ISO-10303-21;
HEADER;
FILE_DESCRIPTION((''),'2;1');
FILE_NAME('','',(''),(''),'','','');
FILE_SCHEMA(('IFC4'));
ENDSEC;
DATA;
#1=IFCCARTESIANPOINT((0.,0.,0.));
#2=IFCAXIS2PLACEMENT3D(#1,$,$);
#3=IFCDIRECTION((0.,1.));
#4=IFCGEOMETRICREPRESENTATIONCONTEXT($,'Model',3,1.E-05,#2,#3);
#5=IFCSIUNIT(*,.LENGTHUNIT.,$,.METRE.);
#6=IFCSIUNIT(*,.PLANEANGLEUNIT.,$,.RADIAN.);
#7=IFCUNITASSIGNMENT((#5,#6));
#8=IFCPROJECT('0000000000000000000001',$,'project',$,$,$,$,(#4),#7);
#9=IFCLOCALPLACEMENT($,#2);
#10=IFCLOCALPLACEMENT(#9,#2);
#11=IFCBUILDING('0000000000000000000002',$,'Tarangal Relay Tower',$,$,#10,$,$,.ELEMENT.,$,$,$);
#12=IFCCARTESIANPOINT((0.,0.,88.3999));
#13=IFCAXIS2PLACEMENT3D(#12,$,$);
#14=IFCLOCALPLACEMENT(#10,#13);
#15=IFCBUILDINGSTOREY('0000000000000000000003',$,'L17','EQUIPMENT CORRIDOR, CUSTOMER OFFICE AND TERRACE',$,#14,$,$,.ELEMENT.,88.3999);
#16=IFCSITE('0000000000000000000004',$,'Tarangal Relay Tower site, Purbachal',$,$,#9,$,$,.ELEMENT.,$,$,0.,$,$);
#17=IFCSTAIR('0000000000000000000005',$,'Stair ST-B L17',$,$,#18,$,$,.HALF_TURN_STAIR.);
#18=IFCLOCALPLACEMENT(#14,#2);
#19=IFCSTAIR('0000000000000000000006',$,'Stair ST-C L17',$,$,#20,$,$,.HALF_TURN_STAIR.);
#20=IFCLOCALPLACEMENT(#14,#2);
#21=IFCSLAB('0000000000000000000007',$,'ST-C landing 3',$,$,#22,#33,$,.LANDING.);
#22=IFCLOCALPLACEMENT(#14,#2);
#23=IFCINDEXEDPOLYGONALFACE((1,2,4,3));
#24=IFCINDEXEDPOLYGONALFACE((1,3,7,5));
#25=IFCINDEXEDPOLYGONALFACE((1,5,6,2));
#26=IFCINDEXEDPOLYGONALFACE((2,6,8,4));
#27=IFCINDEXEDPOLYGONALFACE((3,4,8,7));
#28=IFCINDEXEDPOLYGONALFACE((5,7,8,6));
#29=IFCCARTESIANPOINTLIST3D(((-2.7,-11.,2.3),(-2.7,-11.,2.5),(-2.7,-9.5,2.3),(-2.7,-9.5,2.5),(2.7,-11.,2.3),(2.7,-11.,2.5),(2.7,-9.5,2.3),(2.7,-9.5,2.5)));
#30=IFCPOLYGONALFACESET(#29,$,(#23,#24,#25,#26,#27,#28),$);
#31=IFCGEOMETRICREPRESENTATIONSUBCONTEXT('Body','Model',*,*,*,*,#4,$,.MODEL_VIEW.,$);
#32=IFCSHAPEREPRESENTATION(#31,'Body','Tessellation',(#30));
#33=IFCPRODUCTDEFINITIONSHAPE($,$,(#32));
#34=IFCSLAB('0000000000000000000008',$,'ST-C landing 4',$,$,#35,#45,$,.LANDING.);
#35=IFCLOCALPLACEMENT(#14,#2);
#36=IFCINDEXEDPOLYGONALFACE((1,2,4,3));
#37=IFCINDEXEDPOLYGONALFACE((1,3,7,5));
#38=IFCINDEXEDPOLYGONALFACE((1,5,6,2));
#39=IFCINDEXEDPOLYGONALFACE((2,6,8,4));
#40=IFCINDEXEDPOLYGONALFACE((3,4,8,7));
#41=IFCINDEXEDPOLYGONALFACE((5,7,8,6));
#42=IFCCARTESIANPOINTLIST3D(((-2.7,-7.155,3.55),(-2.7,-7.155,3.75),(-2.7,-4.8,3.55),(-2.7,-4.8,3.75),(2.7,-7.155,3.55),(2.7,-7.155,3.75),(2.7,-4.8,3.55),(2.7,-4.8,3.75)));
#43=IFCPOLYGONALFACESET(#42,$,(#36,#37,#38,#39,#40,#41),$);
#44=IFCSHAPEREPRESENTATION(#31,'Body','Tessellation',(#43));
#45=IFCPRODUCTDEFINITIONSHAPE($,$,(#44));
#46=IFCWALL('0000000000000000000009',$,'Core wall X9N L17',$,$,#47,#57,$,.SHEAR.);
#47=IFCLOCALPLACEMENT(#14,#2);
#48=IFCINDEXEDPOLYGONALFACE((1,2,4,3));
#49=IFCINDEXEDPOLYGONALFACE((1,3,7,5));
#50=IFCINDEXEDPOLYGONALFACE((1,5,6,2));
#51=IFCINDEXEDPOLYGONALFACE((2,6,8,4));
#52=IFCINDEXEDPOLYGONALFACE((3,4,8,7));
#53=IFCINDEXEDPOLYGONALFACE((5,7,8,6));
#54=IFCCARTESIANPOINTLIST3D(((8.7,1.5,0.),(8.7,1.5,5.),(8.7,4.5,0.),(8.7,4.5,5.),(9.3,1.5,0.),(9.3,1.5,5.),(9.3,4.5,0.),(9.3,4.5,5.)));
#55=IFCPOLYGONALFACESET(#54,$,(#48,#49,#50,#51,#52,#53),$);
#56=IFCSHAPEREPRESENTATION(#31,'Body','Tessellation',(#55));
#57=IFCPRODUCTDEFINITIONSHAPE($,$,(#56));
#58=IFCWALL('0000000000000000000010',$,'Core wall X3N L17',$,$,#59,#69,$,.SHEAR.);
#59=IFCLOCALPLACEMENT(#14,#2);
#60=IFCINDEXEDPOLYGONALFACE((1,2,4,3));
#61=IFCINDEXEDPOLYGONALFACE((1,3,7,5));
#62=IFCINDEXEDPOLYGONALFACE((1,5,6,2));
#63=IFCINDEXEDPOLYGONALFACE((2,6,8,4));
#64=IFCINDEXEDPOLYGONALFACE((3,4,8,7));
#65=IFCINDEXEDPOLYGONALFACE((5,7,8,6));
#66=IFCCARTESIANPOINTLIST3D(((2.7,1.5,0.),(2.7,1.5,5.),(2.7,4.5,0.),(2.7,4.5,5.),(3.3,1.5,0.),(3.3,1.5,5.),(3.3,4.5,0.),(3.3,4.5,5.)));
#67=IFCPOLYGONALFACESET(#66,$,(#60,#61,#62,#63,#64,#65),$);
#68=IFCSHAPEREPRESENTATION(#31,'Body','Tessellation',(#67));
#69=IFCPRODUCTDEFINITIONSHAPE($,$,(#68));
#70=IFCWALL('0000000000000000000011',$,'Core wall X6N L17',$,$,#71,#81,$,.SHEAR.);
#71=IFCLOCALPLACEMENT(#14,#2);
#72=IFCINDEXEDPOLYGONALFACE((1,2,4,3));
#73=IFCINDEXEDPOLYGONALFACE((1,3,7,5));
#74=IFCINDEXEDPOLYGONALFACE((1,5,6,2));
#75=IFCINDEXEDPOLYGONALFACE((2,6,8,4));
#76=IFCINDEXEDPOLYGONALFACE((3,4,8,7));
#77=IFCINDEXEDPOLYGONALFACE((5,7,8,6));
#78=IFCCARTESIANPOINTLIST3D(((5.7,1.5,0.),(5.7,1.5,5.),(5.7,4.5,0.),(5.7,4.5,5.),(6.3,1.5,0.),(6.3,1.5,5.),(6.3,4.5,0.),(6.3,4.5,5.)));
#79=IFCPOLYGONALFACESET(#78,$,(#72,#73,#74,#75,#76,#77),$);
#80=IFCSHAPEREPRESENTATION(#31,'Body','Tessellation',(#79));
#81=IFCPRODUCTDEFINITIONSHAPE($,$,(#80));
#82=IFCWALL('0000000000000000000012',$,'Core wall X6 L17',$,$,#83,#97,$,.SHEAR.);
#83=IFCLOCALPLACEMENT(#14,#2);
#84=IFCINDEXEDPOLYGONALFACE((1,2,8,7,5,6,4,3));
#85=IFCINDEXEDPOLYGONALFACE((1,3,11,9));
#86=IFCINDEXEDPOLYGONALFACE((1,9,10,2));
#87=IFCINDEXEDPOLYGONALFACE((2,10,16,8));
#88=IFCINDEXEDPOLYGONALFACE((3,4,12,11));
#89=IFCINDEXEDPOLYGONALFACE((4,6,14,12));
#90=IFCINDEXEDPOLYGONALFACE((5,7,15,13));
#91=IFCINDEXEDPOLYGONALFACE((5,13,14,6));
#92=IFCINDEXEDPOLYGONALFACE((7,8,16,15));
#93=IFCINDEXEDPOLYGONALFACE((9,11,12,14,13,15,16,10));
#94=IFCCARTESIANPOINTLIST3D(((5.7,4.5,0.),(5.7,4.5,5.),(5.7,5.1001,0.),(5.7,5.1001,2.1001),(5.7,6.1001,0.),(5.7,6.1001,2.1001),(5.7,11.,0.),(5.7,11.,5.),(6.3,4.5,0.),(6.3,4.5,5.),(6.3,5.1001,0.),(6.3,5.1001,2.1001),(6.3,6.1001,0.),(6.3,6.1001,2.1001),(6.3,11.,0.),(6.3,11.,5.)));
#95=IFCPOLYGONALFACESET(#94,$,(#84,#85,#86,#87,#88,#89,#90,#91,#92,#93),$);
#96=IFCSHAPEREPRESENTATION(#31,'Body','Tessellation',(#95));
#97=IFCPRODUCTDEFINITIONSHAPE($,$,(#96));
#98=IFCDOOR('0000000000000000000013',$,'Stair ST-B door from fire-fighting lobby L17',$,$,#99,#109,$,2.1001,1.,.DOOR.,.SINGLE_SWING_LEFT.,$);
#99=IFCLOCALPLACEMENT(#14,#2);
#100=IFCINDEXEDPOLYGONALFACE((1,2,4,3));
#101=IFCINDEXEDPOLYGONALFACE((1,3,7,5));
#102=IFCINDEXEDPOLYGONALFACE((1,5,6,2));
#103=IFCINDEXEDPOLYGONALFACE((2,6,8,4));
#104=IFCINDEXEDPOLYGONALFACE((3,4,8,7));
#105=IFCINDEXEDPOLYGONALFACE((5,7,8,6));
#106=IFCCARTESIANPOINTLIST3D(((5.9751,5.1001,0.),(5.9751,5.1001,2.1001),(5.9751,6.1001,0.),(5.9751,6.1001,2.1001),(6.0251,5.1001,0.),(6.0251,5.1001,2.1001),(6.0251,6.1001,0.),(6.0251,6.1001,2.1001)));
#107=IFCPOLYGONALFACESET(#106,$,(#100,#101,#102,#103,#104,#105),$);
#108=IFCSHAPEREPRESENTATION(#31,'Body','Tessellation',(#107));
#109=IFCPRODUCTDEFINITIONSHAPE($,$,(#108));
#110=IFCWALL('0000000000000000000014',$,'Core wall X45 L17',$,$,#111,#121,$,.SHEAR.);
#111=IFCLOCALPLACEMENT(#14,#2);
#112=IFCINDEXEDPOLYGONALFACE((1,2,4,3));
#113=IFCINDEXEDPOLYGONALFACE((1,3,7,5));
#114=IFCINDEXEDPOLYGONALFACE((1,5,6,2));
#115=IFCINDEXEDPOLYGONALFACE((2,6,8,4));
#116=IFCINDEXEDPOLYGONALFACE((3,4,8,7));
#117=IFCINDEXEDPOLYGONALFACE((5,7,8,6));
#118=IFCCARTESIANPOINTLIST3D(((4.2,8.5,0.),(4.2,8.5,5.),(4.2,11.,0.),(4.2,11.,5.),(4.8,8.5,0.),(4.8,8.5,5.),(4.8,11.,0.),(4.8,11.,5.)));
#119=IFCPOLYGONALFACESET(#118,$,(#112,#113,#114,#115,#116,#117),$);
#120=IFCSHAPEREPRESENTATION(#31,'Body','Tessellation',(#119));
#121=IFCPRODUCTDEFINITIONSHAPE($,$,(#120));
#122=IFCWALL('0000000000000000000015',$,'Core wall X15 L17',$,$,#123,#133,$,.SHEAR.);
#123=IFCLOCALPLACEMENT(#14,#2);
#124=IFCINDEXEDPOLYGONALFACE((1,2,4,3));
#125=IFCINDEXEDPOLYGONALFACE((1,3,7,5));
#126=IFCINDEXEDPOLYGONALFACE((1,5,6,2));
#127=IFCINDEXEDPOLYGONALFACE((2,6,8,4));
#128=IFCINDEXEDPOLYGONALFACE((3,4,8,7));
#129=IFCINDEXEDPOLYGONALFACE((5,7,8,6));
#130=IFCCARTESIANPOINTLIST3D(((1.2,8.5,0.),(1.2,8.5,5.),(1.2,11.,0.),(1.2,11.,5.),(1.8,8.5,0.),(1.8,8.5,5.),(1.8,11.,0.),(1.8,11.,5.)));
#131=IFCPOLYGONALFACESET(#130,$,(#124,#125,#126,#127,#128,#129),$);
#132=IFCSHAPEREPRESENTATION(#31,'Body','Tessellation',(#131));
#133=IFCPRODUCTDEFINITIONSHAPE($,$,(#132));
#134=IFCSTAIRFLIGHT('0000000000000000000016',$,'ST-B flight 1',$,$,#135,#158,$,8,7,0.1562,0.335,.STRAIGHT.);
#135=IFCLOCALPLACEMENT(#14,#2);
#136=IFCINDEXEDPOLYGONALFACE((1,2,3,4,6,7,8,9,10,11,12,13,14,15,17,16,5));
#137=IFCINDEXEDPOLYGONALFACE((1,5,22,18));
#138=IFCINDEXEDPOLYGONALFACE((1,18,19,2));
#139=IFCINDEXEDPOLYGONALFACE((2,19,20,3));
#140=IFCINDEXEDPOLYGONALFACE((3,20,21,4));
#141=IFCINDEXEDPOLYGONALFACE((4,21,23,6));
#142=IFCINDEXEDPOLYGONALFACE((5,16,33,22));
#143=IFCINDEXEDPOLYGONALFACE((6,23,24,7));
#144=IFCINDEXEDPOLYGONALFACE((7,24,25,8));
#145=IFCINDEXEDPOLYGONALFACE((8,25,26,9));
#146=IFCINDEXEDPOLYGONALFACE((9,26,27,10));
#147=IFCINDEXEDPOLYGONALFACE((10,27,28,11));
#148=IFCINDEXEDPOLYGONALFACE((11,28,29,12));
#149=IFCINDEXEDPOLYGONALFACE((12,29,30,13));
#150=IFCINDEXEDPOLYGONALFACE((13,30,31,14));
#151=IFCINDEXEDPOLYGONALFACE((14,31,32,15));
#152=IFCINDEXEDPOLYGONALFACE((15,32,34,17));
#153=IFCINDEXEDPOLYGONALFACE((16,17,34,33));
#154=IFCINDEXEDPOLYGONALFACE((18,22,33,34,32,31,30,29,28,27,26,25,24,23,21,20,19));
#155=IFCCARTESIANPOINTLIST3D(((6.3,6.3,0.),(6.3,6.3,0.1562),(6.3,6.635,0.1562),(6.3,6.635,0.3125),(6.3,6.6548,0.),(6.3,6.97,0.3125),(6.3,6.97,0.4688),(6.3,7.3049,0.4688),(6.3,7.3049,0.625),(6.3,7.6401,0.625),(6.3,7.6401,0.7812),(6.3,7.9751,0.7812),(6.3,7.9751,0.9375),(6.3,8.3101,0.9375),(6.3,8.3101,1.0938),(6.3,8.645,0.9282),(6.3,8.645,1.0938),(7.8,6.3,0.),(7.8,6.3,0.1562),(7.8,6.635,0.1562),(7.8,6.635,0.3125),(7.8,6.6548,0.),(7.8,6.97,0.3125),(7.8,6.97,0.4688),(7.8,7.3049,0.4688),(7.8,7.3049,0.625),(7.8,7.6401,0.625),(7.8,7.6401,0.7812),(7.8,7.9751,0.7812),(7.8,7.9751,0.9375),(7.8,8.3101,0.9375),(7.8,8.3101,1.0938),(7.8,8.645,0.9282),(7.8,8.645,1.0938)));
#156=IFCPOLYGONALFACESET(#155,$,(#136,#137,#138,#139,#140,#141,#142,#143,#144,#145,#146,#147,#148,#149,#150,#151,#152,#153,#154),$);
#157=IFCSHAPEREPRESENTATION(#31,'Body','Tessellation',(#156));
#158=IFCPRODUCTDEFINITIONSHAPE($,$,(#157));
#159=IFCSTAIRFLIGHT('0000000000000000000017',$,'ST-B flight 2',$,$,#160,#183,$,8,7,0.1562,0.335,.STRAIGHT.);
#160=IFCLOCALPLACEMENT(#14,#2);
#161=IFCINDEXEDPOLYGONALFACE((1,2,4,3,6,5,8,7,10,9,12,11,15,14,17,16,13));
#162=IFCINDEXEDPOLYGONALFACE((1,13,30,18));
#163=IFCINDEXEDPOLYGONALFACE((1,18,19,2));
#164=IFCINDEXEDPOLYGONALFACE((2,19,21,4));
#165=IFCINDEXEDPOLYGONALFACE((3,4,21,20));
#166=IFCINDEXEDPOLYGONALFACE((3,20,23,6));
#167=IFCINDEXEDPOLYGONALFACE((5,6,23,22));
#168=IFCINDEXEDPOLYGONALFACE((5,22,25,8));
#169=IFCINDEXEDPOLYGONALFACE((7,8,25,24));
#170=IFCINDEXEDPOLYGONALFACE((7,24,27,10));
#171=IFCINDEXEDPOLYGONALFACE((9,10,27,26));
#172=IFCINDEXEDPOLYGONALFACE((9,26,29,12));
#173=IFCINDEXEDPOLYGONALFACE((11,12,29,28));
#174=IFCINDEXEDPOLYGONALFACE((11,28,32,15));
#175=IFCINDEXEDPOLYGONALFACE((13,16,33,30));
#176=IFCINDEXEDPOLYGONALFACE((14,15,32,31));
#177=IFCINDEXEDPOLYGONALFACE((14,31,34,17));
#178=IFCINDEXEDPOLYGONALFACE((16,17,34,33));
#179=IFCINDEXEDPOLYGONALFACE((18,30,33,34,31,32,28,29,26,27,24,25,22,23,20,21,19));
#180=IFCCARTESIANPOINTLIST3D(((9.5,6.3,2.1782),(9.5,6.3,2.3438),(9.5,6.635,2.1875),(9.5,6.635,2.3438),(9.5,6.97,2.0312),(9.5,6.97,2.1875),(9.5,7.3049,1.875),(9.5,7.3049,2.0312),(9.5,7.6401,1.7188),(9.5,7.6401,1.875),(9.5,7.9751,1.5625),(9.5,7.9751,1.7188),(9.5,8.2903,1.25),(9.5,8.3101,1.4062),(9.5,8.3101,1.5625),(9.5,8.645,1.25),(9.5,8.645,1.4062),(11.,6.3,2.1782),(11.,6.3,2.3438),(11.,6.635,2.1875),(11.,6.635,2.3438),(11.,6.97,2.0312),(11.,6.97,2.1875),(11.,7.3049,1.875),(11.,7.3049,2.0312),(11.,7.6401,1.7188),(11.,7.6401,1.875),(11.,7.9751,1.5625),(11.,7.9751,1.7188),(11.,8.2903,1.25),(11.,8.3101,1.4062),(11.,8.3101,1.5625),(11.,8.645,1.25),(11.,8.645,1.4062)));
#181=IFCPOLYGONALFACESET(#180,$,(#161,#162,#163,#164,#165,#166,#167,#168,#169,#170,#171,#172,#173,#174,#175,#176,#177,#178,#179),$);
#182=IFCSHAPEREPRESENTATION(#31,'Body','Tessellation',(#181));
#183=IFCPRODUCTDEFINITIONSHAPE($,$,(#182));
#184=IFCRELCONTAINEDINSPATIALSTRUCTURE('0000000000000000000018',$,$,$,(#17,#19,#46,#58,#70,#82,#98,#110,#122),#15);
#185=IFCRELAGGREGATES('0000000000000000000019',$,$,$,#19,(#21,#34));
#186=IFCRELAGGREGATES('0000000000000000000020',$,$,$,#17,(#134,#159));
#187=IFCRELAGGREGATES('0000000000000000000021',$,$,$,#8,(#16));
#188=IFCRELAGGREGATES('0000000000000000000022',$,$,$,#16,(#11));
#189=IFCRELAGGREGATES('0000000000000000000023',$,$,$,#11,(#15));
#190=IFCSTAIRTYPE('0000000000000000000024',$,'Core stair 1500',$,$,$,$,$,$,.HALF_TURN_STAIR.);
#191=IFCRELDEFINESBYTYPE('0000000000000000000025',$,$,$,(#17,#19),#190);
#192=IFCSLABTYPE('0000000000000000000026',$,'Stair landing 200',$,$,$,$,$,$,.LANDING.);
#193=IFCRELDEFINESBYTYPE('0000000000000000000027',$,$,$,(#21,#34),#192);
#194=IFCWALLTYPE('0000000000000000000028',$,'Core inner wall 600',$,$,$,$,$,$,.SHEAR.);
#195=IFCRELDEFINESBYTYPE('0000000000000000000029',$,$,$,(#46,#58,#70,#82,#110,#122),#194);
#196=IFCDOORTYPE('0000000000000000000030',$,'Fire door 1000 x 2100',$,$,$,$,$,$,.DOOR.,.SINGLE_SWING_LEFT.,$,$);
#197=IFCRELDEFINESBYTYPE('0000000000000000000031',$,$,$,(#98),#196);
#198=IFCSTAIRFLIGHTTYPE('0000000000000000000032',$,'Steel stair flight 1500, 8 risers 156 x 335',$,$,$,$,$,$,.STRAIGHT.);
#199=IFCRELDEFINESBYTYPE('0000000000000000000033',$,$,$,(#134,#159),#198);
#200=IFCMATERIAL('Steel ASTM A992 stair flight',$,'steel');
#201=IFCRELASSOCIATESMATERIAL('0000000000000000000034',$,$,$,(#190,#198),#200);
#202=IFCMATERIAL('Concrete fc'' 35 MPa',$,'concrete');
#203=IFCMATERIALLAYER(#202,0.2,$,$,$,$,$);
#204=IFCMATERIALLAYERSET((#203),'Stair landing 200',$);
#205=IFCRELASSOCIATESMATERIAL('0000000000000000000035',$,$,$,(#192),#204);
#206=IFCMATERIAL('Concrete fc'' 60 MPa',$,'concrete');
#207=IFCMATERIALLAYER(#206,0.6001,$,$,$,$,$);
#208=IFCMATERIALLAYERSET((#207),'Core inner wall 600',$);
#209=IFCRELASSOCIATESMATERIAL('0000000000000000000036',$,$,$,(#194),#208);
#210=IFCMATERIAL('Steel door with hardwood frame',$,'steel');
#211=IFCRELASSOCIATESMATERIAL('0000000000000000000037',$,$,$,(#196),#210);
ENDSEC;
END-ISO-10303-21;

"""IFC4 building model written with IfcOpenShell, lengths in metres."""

from ifc_helpers import new_model, si_unit, direction, frame, frame_2d, origin, place, context, subcontext, project, spatial, polyline, rectangle, outline, extrude, material, layer, layer_set, type_object, element, fill, aggregate, save


model = new_model("IFC4")

# Units and contexts
model_context = context("Model", 3, precision=1e-05, world=origin(), true_north=direction((0.0, 1.0)))
body_context = subcontext(model_context, "Body", "Model", "MODEL_VIEW")
ifc_project = project(units=[si_unit("LENGTHUNIT", "METRE"), si_unit("PLANEANGLEUNIT", "RADIAN")], contexts=[model_context])

# Site, building, storey
site_placement = place(None, origin())
site = spatial("IfcSite", under=ifc_project, at=site_placement, Name="Tarangal Relay Tower site, Purbachal", CompositionType="ELEMENT", RefElevation=0.0)
building_placement = place(site_placement, origin())
building = spatial("IfcBuilding", under=site, at=building_placement, Name="Tarangal Relay Tower", CompositionType="ELEMENT")
storey_placement = place(building_placement, frame((0.0, 0.0, 88.3999)))
storey = spatial("IfcBuildingStorey", under=building, at=storey_placement, Name="L17", Description="EQUIPMENT CORRIDOR, CUSTOMER OFFICE AND TERRACE", CompositionType="ELEMENT", Elevation=88.3999)

# Stairs, slabs
ifc_material_1 = material(Name="Steel ASTM A992 stair flight", Category="steel")
stair_type = type_object("IfcStairType", Name="Core stair 1500", PredefinedType="HALF_TURN_STAIR", material=ifc_material_1)
ifc_material_2 = material(Name="Concrete fc' 35 MPa", Category="concrete")
ifc_layer_1 = layer(ifc_material_2, 0.2)
ifc_layer_set_1 = layer_set([ifc_layer_1], Name="Stair landing 200")
slab_type = type_object("IfcSlabType", Name="Stair landing 200", PredefinedType="LANDING", material=ifc_layer_set_1)
stair_1_placement = place(storey_placement, origin())
stair_1 = element("IfcStair", 1, at=stair_1_placement, inside=storey, type_object=stair_type, Name="Stair ST-B L17", PredefinedType="HALF_TURN_STAIR")
stair_2_placement = place(storey_placement, origin())
stair_2 = element("IfcStair", 2, at=stair_2_placement, inside=storey, type_object=stair_type, Name="Stair ST-C L17", PredefinedType="HALF_TURN_STAIR")
slab_1_placement = place(storey_placement, frame((0.0, 0.0, 2.3)))
slab_1 = element("IfcSlab", 3, at=slab_1_placement, type_object=slab_type, Name="ST-C landing 3", PredefinedType="LANDING", context=body_context, shape_type="SweptSolid", body=[
    extrude(outline(polyline([(-2.7, -11.0), (2.7, -11.0), (2.7, -9.5), (-2.7, -9.5), (-2.7, -11.0)])), origin(), (0.0, 0.0, 1.0), 0.2),
])
slab_2_placement = place(storey_placement, frame((0.0, 0.0, 3.55)))
slab_2 = element("IfcSlab", 4, at=slab_2_placement, type_object=slab_type, Name="ST-C landing 4", PredefinedType="LANDING", context=body_context, shape_type="SweptSolid", body=[
    extrude(outline(polyline([(-2.7, -7.155), (2.7, -7.155), (2.7, -4.8), (-2.7, -4.8), (-2.7, -7.155)])), origin(), (0.0, 0.0, 1.0), 0.2),
])
aggregate(stair_2, [slab_1, slab_2])

# Walls
ifc_material_3 = material(Name="Concrete fc' 60 MPa", Category="concrete")
ifc_layer_2 = layer(ifc_material_3, 0.6001)
ifc_layer_set_2 = layer_set([ifc_layer_2], Name="Core inner wall 600")
wall_type = type_object("IfcWallType", Name="Core inner wall 600", PredefinedType="SHEAR", material=ifc_layer_set_2)
for number, where, z_axis, x_axis, name in (
    (5, (9.0, 1.5, 0.0), (0.0, 0.0, 1.0), (0.0, 1.0, 0.0), "Core wall X9N L17"),
    (6, (3.0, 1.5, 0.0), (0.0, 0.0, 1.0), (0.0, 1.0, 0.0), "Core wall X3N L17"),
    (7, (6.0, 1.5, 0.0), (0.0, 0.0, 1.0), (0.0, 1.0, 0.0), "Core wall X6N L17"),
):
    element("IfcWall", number, at=place(storey_placement, frame(where, z_axis=z_axis, x_axis=x_axis)), inside=storey, type_object=wall_type, Name=name, PredefinedType="SHEAR", context=body_context, shape_type="SweptSolid", body=[
        extrude(rectangle(XDim=3.0, YDim=0.6001, at=frame_2d((1.5, 0.0))), origin(), (0.0, 0.0, 1.0), 5.0),
    ])

# Wall, opening, door
wall_placement = place(storey_placement, frame((6.0, 4.5, 0.0), z_axis=(0.0, 0.0, 1.0), x_axis=(0.0, 1.0, 0.0)))
wall = element("IfcWall", 8, at=wall_placement, inside=storey, type_object=wall_type, Name="Core wall X6 L17", PredefinedType="SHEAR", context=body_context, shape_type="SweptSolid", body=[
    extrude(rectangle(XDim=6.5, YDim=0.6001, at=frame_2d((3.25, 0.0))), origin(), (0.0, 0.0, 1.0), 5.0),
])
opening_placement = place(wall_placement, frame((0.6001, 0.0, 0.0)))
opening = element("IfcOpeningElement", 9, at=opening_placement, cuts=wall, PredefinedType="OPENING", context=body_context, shape_type="SweptSolid", body=[
    extrude(rectangle(XDim=1.0, YDim=2.1001, at=frame_2d((0.5, 1.05))), frame((0.0, 0.3101, 0.0), z_axis=(0.0, -1.0, 0.0), x_axis=(1.0, 0.0, 0.0)), (0.0, 0.0, 1.0), 0.6201),
])
ifc_material_4 = material(Name="Steel door with hardwood frame", Category="steel")
door_type = type_object("IfcDoorType", Name="Fire door 1000 x 2100", OperationType="SINGLE_SWING_LEFT", PredefinedType="DOOR", material=ifc_material_4)
door_placement = place(opening_placement, origin())
door = element("IfcDoor", 10, at=door_placement, inside=storey, type_object=door_type, Name="Stair ST-B door from fire-fighting lobby L17", OperationType="SINGLE_SWING_LEFT", OverallHeight=2.1001, OverallWidth=1.0, PredefinedType="DOOR", context=body_context, shape_type="SweptSolid", body=[
    extrude(rectangle(XDim=1.0, YDim=2.1001, at=frame_2d((0.5, 1.05))), frame((0.0, 0.0249, 0.0), z_axis=(0.0, -1.0, 0.0), x_axis=(1.0, 0.0, 0.0)), (0.0, 0.0, 1.0), 0.05),
])
fill(opening, door)

# Walls
for number, where, z_axis, x_axis, name in (
    (11, (4.5, 8.5, 0.0), (0.0, 0.0, 1.0), (0.0, 1.0, 0.0), "Core wall X45 L17"),
    (12, (1.5, 8.5, 0.0), (0.0, 0.0, 1.0), (0.0, 1.0, 0.0), "Core wall X15 L17"),
):
    element("IfcWall", number, at=place(storey_placement, frame(where, z_axis=z_axis, x_axis=x_axis)), inside=storey, type_object=wall_type, Name=name, PredefinedType="SHEAR", context=body_context, shape_type="SweptSolid", body=[
        extrude(rectangle(XDim=2.5, YDim=0.6001, at=frame_2d((1.25, 0.0))), origin(), (0.0, 0.0, 1.0), 5.0),
    ])

# Stair flights
stair_flight_type = type_object("IfcStairFlightType", Name="Steel stair flight 1500, 8 risers 156 x 335", PredefinedType="STRAIGHT", material=ifc_material_1)
stair_flight_1_placement = place(storey_placement, frame((7.05, 6.3, 0.0), z_axis=(0.0, 0.0, 1.0), x_axis=(0.0, 1.0, 0.0)))
stair_flight_1 = element("IfcStairFlight", 13, at=stair_flight_1_placement, type_object=stair_flight_type, Name="ST-B flight 1", NumberOfRisers=8, NumberOfTreads=7, PredefinedType="STRAIGHT", RiserHeight=0.1562, TreadLength=0.335, context=body_context, shape_type="SweptSolid", body=[
    extrude(outline(polyline([(0.0, 0.0), (0.0, 0.1562), (0.335, 0.1562), (0.335, 0.3125), (0.6699, 0.3125), (0.6699, 0.4688), (1.0049, 0.4688), (1.0049, 0.625), (1.3401, 0.625), (1.3401, 0.7812), (1.675, 0.7812), (1.675, 0.9375), (2.01, 0.9375), (2.01, 1.0938), (2.345, 1.0938), (2.345, 1.25), (2.345, 0.9282), (0.3547, 0.0), (0.0, 0.0)])), frame((0.0, 0.75, 0.0), z_axis=(0.0, -1.0, 0.0), x_axis=(1.0, 0.0, 0.0)), (0.0, 0.0, 1.0), 1.5),
])
stair_flight_2_placement = place(storey_placement, frame((10.25, 8.645, 1.25), z_axis=(0.0, 0.0, 1.0), x_axis=(0.0, -1.0, 0.0)))
stair_flight_2 = element("IfcStairFlight", 14, at=stair_flight_2_placement, type_object=stair_flight_type, Name="ST-B flight 2", NumberOfRisers=8, NumberOfTreads=7, PredefinedType="STRAIGHT", RiserHeight=0.1562, TreadLength=0.335, context=body_context, shape_type="SweptSolid", body=[
    extrude(outline(polyline([(0.0, 0.0), (0.0, 0.1562), (0.335, 0.1562), (0.335, 0.3125), (0.6699, 0.3125), (0.6699, 0.4688), (1.0049, 0.4688), (1.0049, 0.625), (1.3401, 0.625), (1.3401, 0.7812), (1.675, 0.7812), (1.675, 0.9375), (2.01, 0.9375), (2.01, 1.0938), (2.345, 1.0938), (2.345, 1.25), (2.345, 0.9282), (0.3547, 0.0), (0.0, 0.0)])), frame((0.0, 0.75, 0.0), z_axis=(0.0, -1.0, 0.0), x_axis=(1.0, 0.0, 0.0)), (0.0, 0.0, 1.0), 1.5),
])
aggregate(stair_1, [stair_flight_1, stair_flight_2])

save(model, "model.ifc")
